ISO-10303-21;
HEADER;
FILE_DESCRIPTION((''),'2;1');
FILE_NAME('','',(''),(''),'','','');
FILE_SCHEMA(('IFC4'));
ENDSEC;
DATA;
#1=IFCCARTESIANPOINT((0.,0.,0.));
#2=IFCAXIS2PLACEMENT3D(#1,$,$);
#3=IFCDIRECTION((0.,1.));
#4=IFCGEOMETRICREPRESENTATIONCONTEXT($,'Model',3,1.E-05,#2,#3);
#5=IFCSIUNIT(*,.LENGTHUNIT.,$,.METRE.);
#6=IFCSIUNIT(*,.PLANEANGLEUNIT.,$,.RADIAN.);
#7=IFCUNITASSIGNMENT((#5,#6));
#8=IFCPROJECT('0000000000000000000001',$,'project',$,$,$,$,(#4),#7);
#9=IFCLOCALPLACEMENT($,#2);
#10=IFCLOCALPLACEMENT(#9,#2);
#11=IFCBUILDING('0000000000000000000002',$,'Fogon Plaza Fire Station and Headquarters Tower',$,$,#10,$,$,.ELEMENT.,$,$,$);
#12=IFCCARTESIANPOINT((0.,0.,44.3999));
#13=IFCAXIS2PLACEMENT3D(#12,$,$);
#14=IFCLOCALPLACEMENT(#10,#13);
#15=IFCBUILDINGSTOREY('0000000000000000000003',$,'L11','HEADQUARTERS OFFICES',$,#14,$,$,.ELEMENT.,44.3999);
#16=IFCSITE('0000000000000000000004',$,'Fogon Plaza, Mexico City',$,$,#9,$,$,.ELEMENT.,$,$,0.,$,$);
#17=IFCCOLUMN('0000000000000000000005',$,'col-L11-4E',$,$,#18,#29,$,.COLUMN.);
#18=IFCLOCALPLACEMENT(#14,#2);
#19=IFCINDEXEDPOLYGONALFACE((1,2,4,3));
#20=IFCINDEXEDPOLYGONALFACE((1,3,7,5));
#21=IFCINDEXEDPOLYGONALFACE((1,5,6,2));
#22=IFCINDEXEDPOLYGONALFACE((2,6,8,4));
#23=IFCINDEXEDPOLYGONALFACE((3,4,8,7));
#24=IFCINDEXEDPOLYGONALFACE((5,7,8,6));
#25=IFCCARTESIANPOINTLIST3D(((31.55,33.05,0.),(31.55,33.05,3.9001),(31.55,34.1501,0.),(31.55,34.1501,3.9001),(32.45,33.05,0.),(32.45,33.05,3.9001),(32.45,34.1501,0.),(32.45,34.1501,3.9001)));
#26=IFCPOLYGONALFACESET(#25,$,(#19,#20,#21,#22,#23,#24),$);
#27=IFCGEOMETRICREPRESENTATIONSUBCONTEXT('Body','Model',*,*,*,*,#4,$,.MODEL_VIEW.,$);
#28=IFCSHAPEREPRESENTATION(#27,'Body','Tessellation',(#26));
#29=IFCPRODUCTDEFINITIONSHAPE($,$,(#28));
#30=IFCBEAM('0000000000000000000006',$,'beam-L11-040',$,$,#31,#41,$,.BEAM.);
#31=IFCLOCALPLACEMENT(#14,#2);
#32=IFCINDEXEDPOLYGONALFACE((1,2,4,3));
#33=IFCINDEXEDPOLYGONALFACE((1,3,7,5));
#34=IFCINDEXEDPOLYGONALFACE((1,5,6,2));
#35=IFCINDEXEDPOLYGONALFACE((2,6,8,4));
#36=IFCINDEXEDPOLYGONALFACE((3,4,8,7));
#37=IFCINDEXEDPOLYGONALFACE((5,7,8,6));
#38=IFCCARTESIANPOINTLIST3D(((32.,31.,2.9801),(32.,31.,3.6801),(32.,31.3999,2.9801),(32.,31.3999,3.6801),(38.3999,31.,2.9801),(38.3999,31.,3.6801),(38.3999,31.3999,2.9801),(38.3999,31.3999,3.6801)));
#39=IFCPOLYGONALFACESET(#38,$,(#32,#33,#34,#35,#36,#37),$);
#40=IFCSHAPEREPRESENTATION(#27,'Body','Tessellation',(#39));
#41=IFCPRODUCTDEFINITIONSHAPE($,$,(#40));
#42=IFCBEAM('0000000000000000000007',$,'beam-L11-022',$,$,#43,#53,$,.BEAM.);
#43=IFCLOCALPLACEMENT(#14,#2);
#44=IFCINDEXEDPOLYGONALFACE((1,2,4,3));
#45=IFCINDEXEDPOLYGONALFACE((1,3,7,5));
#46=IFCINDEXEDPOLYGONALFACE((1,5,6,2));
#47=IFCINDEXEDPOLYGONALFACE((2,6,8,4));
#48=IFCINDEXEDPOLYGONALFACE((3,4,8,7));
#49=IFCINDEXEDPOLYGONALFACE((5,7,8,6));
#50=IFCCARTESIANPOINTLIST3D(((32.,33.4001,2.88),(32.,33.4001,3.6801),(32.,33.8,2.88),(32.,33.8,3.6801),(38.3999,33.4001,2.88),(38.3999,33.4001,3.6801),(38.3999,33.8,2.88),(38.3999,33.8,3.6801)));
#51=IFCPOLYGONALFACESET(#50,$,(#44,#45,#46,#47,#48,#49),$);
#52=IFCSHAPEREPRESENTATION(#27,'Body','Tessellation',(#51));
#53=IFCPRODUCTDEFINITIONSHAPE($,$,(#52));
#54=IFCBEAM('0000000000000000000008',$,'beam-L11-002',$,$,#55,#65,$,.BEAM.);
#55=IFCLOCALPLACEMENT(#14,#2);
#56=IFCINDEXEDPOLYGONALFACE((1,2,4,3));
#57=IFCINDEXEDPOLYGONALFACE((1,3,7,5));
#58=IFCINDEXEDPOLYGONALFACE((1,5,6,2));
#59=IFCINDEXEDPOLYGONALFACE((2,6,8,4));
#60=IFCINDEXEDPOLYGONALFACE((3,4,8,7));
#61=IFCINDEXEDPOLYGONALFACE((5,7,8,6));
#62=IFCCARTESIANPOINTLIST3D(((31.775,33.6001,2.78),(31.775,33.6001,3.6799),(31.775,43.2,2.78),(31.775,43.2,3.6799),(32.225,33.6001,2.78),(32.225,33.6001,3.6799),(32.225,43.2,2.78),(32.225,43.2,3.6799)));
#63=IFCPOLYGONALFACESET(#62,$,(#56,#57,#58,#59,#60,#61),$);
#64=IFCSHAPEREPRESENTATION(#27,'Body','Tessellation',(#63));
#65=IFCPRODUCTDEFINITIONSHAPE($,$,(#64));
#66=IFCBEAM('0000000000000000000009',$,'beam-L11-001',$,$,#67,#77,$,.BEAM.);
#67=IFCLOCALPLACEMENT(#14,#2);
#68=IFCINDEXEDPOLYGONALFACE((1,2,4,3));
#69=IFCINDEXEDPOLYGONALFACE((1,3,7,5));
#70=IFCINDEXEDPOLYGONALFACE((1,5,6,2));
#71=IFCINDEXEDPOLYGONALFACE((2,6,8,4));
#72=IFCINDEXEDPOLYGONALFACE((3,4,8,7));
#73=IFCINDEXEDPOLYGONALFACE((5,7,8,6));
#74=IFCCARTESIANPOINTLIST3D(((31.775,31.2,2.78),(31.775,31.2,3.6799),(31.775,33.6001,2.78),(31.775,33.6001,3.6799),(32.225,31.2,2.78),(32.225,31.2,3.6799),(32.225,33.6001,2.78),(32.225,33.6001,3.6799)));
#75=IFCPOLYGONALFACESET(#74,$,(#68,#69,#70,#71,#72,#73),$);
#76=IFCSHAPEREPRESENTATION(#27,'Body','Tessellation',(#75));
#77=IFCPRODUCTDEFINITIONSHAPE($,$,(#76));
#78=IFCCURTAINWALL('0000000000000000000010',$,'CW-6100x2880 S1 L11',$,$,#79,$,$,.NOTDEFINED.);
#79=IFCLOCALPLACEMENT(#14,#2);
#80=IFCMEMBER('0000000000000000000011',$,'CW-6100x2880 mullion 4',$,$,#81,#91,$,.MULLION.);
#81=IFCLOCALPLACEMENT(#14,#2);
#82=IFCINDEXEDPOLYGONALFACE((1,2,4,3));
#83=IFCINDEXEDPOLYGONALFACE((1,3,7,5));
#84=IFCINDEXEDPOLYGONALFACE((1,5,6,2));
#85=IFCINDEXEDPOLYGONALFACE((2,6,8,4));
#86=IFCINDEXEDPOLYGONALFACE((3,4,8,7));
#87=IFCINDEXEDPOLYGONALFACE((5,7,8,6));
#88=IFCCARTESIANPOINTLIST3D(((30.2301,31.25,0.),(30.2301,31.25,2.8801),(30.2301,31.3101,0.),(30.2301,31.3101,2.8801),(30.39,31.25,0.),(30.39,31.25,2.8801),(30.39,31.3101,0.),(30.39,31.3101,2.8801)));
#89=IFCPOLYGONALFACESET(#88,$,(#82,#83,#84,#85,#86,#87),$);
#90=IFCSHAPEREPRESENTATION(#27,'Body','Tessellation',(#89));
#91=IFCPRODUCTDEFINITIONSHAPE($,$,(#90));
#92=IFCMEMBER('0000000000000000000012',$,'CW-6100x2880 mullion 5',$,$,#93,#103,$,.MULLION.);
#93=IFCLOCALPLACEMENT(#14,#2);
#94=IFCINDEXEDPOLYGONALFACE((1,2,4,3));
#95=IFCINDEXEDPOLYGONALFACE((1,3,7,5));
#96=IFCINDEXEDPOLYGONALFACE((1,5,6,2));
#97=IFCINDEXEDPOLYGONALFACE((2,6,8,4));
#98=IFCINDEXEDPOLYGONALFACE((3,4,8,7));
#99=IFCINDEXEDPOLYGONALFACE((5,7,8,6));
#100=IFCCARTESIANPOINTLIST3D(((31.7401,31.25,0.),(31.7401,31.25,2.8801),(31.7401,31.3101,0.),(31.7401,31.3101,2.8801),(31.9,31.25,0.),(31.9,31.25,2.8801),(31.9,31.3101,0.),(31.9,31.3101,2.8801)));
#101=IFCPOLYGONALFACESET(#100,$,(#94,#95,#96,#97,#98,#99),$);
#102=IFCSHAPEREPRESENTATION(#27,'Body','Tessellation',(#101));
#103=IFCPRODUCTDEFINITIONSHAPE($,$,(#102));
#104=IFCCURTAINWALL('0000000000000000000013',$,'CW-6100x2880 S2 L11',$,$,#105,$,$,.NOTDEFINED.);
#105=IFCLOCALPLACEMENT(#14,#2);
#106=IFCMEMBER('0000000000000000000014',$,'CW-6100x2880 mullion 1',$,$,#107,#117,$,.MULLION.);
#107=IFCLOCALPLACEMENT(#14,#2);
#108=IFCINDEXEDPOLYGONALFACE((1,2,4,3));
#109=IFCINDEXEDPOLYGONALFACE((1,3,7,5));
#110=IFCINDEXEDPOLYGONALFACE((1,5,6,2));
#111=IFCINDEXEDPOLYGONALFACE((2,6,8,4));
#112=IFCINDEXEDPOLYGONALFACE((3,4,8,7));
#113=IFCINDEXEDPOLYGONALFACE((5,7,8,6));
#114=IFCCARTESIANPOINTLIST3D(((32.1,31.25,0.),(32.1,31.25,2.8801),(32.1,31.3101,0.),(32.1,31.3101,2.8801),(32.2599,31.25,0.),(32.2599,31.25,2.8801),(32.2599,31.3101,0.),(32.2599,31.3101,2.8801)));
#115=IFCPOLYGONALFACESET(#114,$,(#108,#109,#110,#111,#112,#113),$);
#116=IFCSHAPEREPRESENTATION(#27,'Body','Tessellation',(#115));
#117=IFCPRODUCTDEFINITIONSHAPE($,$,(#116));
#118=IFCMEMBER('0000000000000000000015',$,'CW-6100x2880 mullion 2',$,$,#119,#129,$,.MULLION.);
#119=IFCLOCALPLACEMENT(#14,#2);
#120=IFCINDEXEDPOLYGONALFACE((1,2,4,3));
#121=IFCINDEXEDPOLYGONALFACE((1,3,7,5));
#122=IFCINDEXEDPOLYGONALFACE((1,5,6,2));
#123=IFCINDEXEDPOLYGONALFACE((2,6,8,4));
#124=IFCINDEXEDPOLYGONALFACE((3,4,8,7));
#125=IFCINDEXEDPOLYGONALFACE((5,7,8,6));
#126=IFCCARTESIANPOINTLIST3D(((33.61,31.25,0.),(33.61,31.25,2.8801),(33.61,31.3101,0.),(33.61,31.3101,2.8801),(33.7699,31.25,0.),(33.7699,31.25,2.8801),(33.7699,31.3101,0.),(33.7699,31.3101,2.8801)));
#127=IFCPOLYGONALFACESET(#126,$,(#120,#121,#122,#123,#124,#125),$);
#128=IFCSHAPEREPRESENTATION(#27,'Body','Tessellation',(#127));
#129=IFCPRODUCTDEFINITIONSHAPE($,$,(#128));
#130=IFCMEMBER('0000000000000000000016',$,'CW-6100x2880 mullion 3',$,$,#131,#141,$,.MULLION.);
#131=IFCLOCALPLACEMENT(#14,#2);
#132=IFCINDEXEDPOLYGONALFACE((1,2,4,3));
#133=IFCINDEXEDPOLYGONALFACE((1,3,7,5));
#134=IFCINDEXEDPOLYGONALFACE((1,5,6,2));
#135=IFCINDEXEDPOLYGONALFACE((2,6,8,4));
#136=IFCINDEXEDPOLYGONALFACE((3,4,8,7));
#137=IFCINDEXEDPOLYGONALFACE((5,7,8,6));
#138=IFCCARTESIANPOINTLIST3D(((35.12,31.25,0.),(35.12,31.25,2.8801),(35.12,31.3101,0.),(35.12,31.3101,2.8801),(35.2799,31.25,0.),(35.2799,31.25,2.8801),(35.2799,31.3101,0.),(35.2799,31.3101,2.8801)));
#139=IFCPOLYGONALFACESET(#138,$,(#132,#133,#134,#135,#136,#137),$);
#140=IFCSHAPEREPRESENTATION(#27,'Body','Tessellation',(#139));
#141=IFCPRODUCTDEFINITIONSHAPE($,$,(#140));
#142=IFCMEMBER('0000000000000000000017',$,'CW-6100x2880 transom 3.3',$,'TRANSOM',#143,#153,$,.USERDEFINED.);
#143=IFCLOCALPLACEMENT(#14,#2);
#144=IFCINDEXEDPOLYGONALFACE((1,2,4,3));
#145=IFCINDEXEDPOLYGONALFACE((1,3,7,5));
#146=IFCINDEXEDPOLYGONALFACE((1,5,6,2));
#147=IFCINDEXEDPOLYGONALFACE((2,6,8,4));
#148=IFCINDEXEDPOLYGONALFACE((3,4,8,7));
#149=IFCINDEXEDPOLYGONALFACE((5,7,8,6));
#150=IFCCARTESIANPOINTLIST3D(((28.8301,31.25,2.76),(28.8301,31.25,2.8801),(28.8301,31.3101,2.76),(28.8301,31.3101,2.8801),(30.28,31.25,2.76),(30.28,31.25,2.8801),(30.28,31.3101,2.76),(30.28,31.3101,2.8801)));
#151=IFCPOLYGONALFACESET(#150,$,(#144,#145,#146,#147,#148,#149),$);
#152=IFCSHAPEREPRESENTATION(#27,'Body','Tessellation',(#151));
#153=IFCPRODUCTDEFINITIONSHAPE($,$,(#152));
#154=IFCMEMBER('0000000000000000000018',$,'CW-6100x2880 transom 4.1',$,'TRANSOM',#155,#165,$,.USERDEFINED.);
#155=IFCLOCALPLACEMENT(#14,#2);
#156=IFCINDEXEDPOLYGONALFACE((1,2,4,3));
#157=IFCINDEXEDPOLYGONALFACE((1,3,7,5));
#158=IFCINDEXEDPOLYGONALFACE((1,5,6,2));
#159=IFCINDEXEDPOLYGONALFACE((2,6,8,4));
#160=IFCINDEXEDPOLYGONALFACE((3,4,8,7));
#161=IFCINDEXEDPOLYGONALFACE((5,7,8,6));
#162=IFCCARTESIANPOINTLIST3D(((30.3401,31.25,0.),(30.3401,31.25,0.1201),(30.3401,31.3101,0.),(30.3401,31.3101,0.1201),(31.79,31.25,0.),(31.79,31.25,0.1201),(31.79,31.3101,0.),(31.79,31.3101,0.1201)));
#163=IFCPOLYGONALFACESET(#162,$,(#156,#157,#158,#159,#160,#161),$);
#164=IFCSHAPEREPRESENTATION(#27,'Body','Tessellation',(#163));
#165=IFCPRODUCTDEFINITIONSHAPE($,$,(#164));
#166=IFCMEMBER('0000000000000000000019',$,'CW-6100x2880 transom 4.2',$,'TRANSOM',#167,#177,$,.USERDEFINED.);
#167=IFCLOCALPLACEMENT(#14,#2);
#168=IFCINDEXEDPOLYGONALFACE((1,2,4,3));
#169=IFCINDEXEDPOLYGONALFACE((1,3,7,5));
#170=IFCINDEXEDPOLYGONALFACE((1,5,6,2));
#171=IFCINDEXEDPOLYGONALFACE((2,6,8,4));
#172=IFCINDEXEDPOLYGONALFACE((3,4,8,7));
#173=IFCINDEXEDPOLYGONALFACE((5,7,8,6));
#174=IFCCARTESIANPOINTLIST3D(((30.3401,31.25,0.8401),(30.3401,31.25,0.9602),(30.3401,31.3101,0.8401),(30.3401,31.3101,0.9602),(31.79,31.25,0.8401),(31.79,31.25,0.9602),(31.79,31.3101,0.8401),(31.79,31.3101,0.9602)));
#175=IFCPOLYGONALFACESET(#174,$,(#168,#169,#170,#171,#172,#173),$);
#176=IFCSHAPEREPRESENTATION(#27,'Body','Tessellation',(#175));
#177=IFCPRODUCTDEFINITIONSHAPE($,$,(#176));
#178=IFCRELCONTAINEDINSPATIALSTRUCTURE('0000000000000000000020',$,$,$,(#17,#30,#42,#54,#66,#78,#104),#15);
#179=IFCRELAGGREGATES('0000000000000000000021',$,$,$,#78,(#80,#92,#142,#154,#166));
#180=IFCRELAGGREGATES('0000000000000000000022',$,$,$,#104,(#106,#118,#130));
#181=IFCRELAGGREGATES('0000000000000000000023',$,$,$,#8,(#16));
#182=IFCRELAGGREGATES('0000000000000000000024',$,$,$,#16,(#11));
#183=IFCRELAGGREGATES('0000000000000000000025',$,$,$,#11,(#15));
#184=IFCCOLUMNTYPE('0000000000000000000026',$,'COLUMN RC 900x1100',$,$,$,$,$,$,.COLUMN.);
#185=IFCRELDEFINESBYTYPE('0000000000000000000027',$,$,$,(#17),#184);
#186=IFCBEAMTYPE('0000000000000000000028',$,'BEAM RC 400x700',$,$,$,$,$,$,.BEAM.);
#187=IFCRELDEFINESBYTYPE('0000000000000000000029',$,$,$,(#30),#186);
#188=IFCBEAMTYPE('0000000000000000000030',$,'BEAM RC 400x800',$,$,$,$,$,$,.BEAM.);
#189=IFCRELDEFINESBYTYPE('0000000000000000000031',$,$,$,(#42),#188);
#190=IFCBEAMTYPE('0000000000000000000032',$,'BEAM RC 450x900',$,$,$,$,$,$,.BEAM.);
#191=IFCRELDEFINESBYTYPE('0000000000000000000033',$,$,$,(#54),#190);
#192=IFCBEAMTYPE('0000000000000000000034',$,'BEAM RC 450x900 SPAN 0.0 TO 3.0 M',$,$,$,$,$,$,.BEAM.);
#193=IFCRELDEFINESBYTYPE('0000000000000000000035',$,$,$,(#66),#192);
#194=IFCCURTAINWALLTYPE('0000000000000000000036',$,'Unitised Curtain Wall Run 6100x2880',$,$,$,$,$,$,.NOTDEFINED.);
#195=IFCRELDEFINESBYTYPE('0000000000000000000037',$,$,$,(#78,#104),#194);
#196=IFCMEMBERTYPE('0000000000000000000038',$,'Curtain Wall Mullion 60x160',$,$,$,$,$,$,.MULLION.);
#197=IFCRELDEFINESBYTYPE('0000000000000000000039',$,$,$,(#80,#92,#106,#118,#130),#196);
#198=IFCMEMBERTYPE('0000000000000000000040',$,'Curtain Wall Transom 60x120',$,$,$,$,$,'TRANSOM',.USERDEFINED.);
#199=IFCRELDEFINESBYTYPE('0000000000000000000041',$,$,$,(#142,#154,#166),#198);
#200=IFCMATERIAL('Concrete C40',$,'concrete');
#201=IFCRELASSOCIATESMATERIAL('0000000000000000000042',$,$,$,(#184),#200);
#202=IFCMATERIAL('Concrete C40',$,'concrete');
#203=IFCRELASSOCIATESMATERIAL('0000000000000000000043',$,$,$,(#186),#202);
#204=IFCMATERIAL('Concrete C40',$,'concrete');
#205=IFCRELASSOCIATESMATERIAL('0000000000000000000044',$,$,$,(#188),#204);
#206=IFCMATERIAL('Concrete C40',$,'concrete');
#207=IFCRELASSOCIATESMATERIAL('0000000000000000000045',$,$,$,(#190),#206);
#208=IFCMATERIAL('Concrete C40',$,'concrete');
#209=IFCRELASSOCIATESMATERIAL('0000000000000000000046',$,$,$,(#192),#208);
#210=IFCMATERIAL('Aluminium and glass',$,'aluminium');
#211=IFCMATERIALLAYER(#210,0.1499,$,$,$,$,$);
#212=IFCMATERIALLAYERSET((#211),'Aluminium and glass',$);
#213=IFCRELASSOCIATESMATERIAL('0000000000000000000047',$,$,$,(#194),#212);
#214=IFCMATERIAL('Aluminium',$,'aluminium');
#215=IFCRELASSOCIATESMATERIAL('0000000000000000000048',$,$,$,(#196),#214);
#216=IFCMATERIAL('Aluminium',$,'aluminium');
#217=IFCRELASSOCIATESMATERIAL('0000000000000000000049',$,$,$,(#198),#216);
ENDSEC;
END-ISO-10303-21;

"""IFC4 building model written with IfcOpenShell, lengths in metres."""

from ifc_helpers import new_model, si_unit, direction, frame, origin, origin_2d, place, context, subcontext, project, spatial, rectangle, extrude, material, layer, layer_set, material_profile, profile_set, type_object, element, aggregate, save


model = new_model("IFC4")

# Units and contexts
model_context = context("Model", 3, precision=1e-05, world=origin(), true_north=direction((0.0, 1.0)))
body_context = subcontext(model_context, "Body", "Model", "MODEL_VIEW")
ifc_project = project(units=[si_unit("LENGTHUNIT", "METRE"), si_unit("PLANEANGLEUNIT", "RADIAN")], contexts=[model_context])

# Site, building, storey
site_placement = place(None, origin())
site = spatial("IfcSite", under=ifc_project, at=site_placement, Name="Fogon Plaza, Mexico City", CompositionType="ELEMENT", RefElevation=0.0)
building_placement = place(site_placement, origin())
building = spatial("IfcBuilding", under=site, at=building_placement, Name="Fogon Plaza Fire Station and Headquarters Tower", CompositionType="ELEMENT")
storey_placement = place(building_placement, frame((0.0, 0.0, 44.3999)))
storey = spatial("IfcBuildingStorey", under=building, at=storey_placement, Name="L11", Description="HEADQUARTERS OFFICES", CompositionType="ELEMENT", Elevation=44.3999)

# Column
ifc_material_1 = material(Name="Concrete C40", Category="concrete")
ifc_material_profile_1 = material_profile(ifc_material_1, rectangle(XDim=0.8999, YDim=1.1001, at=origin_2d()), Name="RC 900x1100")
ifc_profile_set_1 = profile_set([ifc_material_profile_1], Name="Concrete C40")
column_type = type_object("IfcColumnType", Name="COLUMN RC 900x1100", PredefinedType="COLUMN", material=ifc_profile_set_1)
column_placement = place(storey_placement, frame((32.0, 33.6001, 0.0), z_axis=(0.0, 0.0, 1.0), x_axis=(1.0, 0.0, 0.0)))
element("IfcColumn", 1, at=column_placement, inside=storey, type_object=column_type, Name="col-L11-4E", PredefinedType="COLUMN", context=body_context, shape_type="SweptSolid", body=[
    extrude(rectangle(XDim=0.8999, YDim=1.1001, at=origin_2d()), origin(), (0.0, 0.0, 1.0), 3.9001),
])

# Beams
ifc_material_2 = material(Name="Concrete C40", Category="concrete")
ifc_material_profile_2 = material_profile(ifc_material_2, rectangle(XDim=0.3999, YDim=0.7, at=origin_2d()), Name="RC 400x700")
ifc_profile_set_2 = profile_set([ifc_material_profile_2], Name="Concrete C40")
beam_type_1 = type_object("IfcBeamType", Name="BEAM RC 400x700", PredefinedType="BEAM", material=ifc_profile_set_2)
beam_1_placement = place(storey_placement, frame((32.0, 31.2, 3.3301), z_axis=(1.0, 0.0, 0.0), x_axis=(0.0, 1.0, 0.0)))
element("IfcBeam", 2, at=beam_1_placement, inside=storey, type_object=beam_type_1, Name="beam-L11-040", PredefinedType="BEAM", context=body_context, shape_type="SweptSolid", body=[
    extrude(rectangle(XDim=0.3999, YDim=0.7, at=origin_2d()), origin(), (0.0, 0.0, 1.0), 6.3999),
])
ifc_material_3 = material(Name="Concrete C40", Category="concrete")
ifc_material_profile_3 = material_profile(ifc_material_3, rectangle(XDim=0.3999, YDim=0.8, at=origin_2d()), Name="RC 400x800")
ifc_profile_set_3 = profile_set([ifc_material_profile_3], Name="Concrete C40")
beam_type_2 = type_object("IfcBeamType", Name="BEAM RC 400x800", PredefinedType="BEAM", material=ifc_profile_set_3)
beam_2_placement = place(storey_placement, frame((32.0, 33.6001, 3.28), z_axis=(1.0, 0.0, 0.0), x_axis=(0.0, 1.0, 0.0)))
element("IfcBeam", 3, at=beam_2_placement, inside=storey, type_object=beam_type_2, Name="beam-L11-022", PredefinedType="BEAM", context=body_context, shape_type="SweptSolid", body=[
    extrude(rectangle(XDim=0.3999, YDim=0.8, at=origin_2d()), origin(), (0.0, 0.0, 1.0), 6.3999),
])
ifc_material_4 = material(Name="Concrete C40", Category="concrete")
ifc_material_profile_4 = material_profile(ifc_material_4, rectangle(XDim=0.45, YDim=0.8999, at=origin_2d()), Name="RC 450x900")
ifc_profile_set_4 = profile_set([ifc_material_profile_4], Name="Concrete C40")
beam_type_3 = type_object("IfcBeamType", Name="BEAM RC 450x900", PredefinedType="BEAM", material=ifc_profile_set_4)
beam_3_placement = place(storey_placement, frame((32.0, 33.6001, 3.23), z_axis=(0.0, 1.0, 0.0), x_axis=(-1.0, 0.0, 0.0)))
element("IfcBeam", 4, at=beam_3_placement, inside=storey, type_object=beam_type_3, Name="beam-L11-002", PredefinedType="BEAM", context=body_context, shape_type="SweptSolid", body=[
    extrude(rectangle(XDim=0.45, YDim=0.8999, at=origin_2d()), origin(), (0.0, 0.0, 1.0), 9.5999),
])
ifc_material_5 = material(Name="Concrete C40", Category="concrete")
ifc_material_profile_5 = material_profile(ifc_material_5, rectangle(XDim=0.45, YDim=0.8999, at=origin_2d()), Name="RC 450x900")
ifc_profile_set_5 = profile_set([ifc_material_profile_5], Name="Concrete C40")
beam_type_4 = type_object("IfcBeamType", Name="BEAM RC 450x900 SPAN 0.0 TO 3.0 M", PredefinedType="BEAM", material=ifc_profile_set_5)
beam_4_placement = place(storey_placement, frame((32.0, 31.2, 3.23), z_axis=(0.0, 1.0, 0.0), x_axis=(-1.0, 0.0, 0.0)))
element("IfcBeam", 5, at=beam_4_placement, inside=storey, type_object=beam_type_4, Name="beam-L11-001", PredefinedType="BEAM", context=body_context, shape_type="SweptSolid", body=[
    extrude(rectangle(XDim=0.45, YDim=0.8999, at=origin_2d()), origin(), (0.0, 0.0, 1.0), 2.4001),
])

# Curtain walls, members
ifc_material_6 = material(Name="Aluminium and glass", Category="aluminium")
ifc_layer_1 = layer(ifc_material_6, 0.1499)
ifc_layer_set_1 = layer_set([ifc_layer_1], Name="Aluminium and glass")
curtain_wall_type = type_object("IfcCurtainWallType", Name="Unitised Curtain Wall Run 6100x2880", PredefinedType="NOTDEFINED", material=ifc_layer_set_1)
curtain_wall_1_placement = place(storey_placement, origin())
curtain_wall_1 = element("IfcCurtainWall", 6, at=curtain_wall_1_placement, inside=storey, type_object=curtain_wall_type, Name="CW-6100x2880 S1 L11", PredefinedType="NOTDEFINED")
ifc_material_7 = material(Name="Aluminium", Category="aluminium")
ifc_material_profile_6 = material_profile(ifc_material_7, rectangle(XDim=0.0601, YDim=0.1599, at=origin_2d()), Name="Curtain Wall Mullion 60x160")
ifc_profile_set_6 = profile_set([ifc_material_profile_6], Name="Aluminium")
member_type_1 = type_object("IfcMemberType", Name="Curtain Wall Mullion 60x160", PredefinedType="MULLION", material=ifc_profile_set_6)
member_1_placement = place(storey_placement, frame((30.3101, 31.28, 0.0), z_axis=(0.0, 0.0, 1.0), x_axis=(0.0, 1.0, 0.0)))
member_1 = element("IfcMember", 7, at=member_1_placement, type_object=member_type_1, Name="CW-6100x2880 mullion 4", PredefinedType="MULLION", context=body_context, shape_type="SweptSolid", body=[
    extrude(rectangle(XDim=0.0601, YDim=0.1599, at=origin_2d()), origin(), (0.0, 0.0, 1.0), 2.8801),
])
member_2_placement = place(storey_placement, frame((31.8201, 31.28, 0.0), z_axis=(0.0, 0.0, 1.0), x_axis=(0.0, 1.0, 0.0)))
member_2 = element("IfcMember", 8, at=member_2_placement, type_object=member_type_1, Name="CW-6100x2880 mullion 5", PredefinedType="MULLION", context=body_context, shape_type="SweptSolid", body=[
    extrude(rectangle(XDim=0.0601, YDim=0.1599, at=origin_2d()), origin(), (0.0, 0.0, 1.0), 2.8801),
])
curtain_wall_2_placement = place(storey_placement, origin())
curtain_wall_2 = element("IfcCurtainWall", 9, at=curtain_wall_2_placement, inside=storey, type_object=curtain_wall_type, Name="CW-6100x2880 S2 L11", PredefinedType="NOTDEFINED")
member_3_placement = place(storey_placement, frame((32.1799, 31.28, 0.0), z_axis=(0.0, 0.0, 1.0), x_axis=(0.0, 1.0, 0.0)))
member_3 = element("IfcMember", 10, at=member_3_placement, type_object=member_type_1, Name="CW-6100x2880 mullion 1", PredefinedType="MULLION", context=body_context, shape_type="SweptSolid", body=[
    extrude(rectangle(XDim=0.0601, YDim=0.1599, at=origin_2d()), origin(), (0.0, 0.0, 1.0), 2.8801),
])
member_4_placement = place(storey_placement, frame((33.6899, 31.28, 0.0), z_axis=(0.0, 0.0, 1.0), x_axis=(0.0, 1.0, 0.0)))
member_4 = element("IfcMember", 11, at=member_4_placement, type_object=member_type_1, Name="CW-6100x2880 mullion 2", PredefinedType="MULLION", context=body_context, shape_type="SweptSolid", body=[
    extrude(rectangle(XDim=0.0601, YDim=0.1599, at=origin_2d()), origin(), (0.0, 0.0, 1.0), 2.8801),
])
member_5_placement = place(storey_placement, frame((35.2, 31.28, 0.0), z_axis=(0.0, 0.0, 1.0), x_axis=(0.0, 1.0, 0.0)))
member_5 = element("IfcMember", 12, at=member_5_placement, type_object=member_type_1, Name="CW-6100x2880 mullion 3", PredefinedType="MULLION", context=body_context, shape_type="SweptSolid", body=[
    extrude(rectangle(XDim=0.0601, YDim=0.1599, at=origin_2d()), origin(), (0.0, 0.0, 1.0), 2.8801),
])

# Members
ifc_material_8 = material(Name="Aluminium", Category="aluminium")
ifc_material_profile_7 = material_profile(ifc_material_8, rectangle(XDim=0.0601, YDim=0.1201, at=origin_2d()), Name="Curtain Wall Transom 60x120")
ifc_profile_set_7 = profile_set([ifc_material_profile_7], Name="Aluminium")
member_type_2 = type_object("IfcMemberType", Name="Curtain Wall Transom 60x120", ElementType="TRANSOM", PredefinedType="USERDEFINED", material=ifc_profile_set_7)
member_6_placement = place(storey_placement, frame((28.8301, 31.28, 2.8201), z_axis=(1.0, 0.0, 0.0), x_axis=(0.0, 1.0, 0.0)))
member_6 = element("IfcMember", 13, at=member_6_placement, type_object=member_type_2, Name="CW-6100x2880 transom 3.3", ObjectType="TRANSOM", PredefinedType="USERDEFINED", context=body_context, shape_type="SweptSolid", body=[
    extrude(rectangle(XDim=0.0601, YDim=0.1201, at=origin_2d()), origin(), (0.0, 0.0, 1.0), 1.45),
])
member_7_placement = place(storey_placement, frame((30.3401, 31.28, 0.0601), z_axis=(1.0, 0.0, 0.0), x_axis=(0.0, 1.0, 0.0)))
member_7 = element("IfcMember", 14, at=member_7_placement, type_object=member_type_2, Name="CW-6100x2880 transom 4.1", ObjectType="TRANSOM", PredefinedType="USERDEFINED", context=body_context, shape_type="SweptSolid", body=[
    extrude(rectangle(XDim=0.0601, YDim=0.1201, at=origin_2d()), origin(), (0.0, 0.0, 1.0), 1.45),
])
member_8_placement = place(storey_placement, frame((30.3401, 31.28, 0.9001), z_axis=(1.0, 0.0, 0.0), x_axis=(0.0, 1.0, 0.0)))
member_8 = element("IfcMember", 15, at=member_8_placement, type_object=member_type_2, Name="CW-6100x2880 transom 4.2", ObjectType="TRANSOM", PredefinedType="USERDEFINED", context=body_context, shape_type="SweptSolid", body=[
    extrude(rectangle(XDim=0.0601, YDim=0.1201, at=origin_2d()), origin(), (0.0, 0.0, 1.0), 1.45),
])

aggregate(curtain_wall_1, [member_1, member_2, member_6, member_7, member_8])
aggregate(curtain_wall_2, [member_3, member_4, member_5])

save(model, "model.ifc")
